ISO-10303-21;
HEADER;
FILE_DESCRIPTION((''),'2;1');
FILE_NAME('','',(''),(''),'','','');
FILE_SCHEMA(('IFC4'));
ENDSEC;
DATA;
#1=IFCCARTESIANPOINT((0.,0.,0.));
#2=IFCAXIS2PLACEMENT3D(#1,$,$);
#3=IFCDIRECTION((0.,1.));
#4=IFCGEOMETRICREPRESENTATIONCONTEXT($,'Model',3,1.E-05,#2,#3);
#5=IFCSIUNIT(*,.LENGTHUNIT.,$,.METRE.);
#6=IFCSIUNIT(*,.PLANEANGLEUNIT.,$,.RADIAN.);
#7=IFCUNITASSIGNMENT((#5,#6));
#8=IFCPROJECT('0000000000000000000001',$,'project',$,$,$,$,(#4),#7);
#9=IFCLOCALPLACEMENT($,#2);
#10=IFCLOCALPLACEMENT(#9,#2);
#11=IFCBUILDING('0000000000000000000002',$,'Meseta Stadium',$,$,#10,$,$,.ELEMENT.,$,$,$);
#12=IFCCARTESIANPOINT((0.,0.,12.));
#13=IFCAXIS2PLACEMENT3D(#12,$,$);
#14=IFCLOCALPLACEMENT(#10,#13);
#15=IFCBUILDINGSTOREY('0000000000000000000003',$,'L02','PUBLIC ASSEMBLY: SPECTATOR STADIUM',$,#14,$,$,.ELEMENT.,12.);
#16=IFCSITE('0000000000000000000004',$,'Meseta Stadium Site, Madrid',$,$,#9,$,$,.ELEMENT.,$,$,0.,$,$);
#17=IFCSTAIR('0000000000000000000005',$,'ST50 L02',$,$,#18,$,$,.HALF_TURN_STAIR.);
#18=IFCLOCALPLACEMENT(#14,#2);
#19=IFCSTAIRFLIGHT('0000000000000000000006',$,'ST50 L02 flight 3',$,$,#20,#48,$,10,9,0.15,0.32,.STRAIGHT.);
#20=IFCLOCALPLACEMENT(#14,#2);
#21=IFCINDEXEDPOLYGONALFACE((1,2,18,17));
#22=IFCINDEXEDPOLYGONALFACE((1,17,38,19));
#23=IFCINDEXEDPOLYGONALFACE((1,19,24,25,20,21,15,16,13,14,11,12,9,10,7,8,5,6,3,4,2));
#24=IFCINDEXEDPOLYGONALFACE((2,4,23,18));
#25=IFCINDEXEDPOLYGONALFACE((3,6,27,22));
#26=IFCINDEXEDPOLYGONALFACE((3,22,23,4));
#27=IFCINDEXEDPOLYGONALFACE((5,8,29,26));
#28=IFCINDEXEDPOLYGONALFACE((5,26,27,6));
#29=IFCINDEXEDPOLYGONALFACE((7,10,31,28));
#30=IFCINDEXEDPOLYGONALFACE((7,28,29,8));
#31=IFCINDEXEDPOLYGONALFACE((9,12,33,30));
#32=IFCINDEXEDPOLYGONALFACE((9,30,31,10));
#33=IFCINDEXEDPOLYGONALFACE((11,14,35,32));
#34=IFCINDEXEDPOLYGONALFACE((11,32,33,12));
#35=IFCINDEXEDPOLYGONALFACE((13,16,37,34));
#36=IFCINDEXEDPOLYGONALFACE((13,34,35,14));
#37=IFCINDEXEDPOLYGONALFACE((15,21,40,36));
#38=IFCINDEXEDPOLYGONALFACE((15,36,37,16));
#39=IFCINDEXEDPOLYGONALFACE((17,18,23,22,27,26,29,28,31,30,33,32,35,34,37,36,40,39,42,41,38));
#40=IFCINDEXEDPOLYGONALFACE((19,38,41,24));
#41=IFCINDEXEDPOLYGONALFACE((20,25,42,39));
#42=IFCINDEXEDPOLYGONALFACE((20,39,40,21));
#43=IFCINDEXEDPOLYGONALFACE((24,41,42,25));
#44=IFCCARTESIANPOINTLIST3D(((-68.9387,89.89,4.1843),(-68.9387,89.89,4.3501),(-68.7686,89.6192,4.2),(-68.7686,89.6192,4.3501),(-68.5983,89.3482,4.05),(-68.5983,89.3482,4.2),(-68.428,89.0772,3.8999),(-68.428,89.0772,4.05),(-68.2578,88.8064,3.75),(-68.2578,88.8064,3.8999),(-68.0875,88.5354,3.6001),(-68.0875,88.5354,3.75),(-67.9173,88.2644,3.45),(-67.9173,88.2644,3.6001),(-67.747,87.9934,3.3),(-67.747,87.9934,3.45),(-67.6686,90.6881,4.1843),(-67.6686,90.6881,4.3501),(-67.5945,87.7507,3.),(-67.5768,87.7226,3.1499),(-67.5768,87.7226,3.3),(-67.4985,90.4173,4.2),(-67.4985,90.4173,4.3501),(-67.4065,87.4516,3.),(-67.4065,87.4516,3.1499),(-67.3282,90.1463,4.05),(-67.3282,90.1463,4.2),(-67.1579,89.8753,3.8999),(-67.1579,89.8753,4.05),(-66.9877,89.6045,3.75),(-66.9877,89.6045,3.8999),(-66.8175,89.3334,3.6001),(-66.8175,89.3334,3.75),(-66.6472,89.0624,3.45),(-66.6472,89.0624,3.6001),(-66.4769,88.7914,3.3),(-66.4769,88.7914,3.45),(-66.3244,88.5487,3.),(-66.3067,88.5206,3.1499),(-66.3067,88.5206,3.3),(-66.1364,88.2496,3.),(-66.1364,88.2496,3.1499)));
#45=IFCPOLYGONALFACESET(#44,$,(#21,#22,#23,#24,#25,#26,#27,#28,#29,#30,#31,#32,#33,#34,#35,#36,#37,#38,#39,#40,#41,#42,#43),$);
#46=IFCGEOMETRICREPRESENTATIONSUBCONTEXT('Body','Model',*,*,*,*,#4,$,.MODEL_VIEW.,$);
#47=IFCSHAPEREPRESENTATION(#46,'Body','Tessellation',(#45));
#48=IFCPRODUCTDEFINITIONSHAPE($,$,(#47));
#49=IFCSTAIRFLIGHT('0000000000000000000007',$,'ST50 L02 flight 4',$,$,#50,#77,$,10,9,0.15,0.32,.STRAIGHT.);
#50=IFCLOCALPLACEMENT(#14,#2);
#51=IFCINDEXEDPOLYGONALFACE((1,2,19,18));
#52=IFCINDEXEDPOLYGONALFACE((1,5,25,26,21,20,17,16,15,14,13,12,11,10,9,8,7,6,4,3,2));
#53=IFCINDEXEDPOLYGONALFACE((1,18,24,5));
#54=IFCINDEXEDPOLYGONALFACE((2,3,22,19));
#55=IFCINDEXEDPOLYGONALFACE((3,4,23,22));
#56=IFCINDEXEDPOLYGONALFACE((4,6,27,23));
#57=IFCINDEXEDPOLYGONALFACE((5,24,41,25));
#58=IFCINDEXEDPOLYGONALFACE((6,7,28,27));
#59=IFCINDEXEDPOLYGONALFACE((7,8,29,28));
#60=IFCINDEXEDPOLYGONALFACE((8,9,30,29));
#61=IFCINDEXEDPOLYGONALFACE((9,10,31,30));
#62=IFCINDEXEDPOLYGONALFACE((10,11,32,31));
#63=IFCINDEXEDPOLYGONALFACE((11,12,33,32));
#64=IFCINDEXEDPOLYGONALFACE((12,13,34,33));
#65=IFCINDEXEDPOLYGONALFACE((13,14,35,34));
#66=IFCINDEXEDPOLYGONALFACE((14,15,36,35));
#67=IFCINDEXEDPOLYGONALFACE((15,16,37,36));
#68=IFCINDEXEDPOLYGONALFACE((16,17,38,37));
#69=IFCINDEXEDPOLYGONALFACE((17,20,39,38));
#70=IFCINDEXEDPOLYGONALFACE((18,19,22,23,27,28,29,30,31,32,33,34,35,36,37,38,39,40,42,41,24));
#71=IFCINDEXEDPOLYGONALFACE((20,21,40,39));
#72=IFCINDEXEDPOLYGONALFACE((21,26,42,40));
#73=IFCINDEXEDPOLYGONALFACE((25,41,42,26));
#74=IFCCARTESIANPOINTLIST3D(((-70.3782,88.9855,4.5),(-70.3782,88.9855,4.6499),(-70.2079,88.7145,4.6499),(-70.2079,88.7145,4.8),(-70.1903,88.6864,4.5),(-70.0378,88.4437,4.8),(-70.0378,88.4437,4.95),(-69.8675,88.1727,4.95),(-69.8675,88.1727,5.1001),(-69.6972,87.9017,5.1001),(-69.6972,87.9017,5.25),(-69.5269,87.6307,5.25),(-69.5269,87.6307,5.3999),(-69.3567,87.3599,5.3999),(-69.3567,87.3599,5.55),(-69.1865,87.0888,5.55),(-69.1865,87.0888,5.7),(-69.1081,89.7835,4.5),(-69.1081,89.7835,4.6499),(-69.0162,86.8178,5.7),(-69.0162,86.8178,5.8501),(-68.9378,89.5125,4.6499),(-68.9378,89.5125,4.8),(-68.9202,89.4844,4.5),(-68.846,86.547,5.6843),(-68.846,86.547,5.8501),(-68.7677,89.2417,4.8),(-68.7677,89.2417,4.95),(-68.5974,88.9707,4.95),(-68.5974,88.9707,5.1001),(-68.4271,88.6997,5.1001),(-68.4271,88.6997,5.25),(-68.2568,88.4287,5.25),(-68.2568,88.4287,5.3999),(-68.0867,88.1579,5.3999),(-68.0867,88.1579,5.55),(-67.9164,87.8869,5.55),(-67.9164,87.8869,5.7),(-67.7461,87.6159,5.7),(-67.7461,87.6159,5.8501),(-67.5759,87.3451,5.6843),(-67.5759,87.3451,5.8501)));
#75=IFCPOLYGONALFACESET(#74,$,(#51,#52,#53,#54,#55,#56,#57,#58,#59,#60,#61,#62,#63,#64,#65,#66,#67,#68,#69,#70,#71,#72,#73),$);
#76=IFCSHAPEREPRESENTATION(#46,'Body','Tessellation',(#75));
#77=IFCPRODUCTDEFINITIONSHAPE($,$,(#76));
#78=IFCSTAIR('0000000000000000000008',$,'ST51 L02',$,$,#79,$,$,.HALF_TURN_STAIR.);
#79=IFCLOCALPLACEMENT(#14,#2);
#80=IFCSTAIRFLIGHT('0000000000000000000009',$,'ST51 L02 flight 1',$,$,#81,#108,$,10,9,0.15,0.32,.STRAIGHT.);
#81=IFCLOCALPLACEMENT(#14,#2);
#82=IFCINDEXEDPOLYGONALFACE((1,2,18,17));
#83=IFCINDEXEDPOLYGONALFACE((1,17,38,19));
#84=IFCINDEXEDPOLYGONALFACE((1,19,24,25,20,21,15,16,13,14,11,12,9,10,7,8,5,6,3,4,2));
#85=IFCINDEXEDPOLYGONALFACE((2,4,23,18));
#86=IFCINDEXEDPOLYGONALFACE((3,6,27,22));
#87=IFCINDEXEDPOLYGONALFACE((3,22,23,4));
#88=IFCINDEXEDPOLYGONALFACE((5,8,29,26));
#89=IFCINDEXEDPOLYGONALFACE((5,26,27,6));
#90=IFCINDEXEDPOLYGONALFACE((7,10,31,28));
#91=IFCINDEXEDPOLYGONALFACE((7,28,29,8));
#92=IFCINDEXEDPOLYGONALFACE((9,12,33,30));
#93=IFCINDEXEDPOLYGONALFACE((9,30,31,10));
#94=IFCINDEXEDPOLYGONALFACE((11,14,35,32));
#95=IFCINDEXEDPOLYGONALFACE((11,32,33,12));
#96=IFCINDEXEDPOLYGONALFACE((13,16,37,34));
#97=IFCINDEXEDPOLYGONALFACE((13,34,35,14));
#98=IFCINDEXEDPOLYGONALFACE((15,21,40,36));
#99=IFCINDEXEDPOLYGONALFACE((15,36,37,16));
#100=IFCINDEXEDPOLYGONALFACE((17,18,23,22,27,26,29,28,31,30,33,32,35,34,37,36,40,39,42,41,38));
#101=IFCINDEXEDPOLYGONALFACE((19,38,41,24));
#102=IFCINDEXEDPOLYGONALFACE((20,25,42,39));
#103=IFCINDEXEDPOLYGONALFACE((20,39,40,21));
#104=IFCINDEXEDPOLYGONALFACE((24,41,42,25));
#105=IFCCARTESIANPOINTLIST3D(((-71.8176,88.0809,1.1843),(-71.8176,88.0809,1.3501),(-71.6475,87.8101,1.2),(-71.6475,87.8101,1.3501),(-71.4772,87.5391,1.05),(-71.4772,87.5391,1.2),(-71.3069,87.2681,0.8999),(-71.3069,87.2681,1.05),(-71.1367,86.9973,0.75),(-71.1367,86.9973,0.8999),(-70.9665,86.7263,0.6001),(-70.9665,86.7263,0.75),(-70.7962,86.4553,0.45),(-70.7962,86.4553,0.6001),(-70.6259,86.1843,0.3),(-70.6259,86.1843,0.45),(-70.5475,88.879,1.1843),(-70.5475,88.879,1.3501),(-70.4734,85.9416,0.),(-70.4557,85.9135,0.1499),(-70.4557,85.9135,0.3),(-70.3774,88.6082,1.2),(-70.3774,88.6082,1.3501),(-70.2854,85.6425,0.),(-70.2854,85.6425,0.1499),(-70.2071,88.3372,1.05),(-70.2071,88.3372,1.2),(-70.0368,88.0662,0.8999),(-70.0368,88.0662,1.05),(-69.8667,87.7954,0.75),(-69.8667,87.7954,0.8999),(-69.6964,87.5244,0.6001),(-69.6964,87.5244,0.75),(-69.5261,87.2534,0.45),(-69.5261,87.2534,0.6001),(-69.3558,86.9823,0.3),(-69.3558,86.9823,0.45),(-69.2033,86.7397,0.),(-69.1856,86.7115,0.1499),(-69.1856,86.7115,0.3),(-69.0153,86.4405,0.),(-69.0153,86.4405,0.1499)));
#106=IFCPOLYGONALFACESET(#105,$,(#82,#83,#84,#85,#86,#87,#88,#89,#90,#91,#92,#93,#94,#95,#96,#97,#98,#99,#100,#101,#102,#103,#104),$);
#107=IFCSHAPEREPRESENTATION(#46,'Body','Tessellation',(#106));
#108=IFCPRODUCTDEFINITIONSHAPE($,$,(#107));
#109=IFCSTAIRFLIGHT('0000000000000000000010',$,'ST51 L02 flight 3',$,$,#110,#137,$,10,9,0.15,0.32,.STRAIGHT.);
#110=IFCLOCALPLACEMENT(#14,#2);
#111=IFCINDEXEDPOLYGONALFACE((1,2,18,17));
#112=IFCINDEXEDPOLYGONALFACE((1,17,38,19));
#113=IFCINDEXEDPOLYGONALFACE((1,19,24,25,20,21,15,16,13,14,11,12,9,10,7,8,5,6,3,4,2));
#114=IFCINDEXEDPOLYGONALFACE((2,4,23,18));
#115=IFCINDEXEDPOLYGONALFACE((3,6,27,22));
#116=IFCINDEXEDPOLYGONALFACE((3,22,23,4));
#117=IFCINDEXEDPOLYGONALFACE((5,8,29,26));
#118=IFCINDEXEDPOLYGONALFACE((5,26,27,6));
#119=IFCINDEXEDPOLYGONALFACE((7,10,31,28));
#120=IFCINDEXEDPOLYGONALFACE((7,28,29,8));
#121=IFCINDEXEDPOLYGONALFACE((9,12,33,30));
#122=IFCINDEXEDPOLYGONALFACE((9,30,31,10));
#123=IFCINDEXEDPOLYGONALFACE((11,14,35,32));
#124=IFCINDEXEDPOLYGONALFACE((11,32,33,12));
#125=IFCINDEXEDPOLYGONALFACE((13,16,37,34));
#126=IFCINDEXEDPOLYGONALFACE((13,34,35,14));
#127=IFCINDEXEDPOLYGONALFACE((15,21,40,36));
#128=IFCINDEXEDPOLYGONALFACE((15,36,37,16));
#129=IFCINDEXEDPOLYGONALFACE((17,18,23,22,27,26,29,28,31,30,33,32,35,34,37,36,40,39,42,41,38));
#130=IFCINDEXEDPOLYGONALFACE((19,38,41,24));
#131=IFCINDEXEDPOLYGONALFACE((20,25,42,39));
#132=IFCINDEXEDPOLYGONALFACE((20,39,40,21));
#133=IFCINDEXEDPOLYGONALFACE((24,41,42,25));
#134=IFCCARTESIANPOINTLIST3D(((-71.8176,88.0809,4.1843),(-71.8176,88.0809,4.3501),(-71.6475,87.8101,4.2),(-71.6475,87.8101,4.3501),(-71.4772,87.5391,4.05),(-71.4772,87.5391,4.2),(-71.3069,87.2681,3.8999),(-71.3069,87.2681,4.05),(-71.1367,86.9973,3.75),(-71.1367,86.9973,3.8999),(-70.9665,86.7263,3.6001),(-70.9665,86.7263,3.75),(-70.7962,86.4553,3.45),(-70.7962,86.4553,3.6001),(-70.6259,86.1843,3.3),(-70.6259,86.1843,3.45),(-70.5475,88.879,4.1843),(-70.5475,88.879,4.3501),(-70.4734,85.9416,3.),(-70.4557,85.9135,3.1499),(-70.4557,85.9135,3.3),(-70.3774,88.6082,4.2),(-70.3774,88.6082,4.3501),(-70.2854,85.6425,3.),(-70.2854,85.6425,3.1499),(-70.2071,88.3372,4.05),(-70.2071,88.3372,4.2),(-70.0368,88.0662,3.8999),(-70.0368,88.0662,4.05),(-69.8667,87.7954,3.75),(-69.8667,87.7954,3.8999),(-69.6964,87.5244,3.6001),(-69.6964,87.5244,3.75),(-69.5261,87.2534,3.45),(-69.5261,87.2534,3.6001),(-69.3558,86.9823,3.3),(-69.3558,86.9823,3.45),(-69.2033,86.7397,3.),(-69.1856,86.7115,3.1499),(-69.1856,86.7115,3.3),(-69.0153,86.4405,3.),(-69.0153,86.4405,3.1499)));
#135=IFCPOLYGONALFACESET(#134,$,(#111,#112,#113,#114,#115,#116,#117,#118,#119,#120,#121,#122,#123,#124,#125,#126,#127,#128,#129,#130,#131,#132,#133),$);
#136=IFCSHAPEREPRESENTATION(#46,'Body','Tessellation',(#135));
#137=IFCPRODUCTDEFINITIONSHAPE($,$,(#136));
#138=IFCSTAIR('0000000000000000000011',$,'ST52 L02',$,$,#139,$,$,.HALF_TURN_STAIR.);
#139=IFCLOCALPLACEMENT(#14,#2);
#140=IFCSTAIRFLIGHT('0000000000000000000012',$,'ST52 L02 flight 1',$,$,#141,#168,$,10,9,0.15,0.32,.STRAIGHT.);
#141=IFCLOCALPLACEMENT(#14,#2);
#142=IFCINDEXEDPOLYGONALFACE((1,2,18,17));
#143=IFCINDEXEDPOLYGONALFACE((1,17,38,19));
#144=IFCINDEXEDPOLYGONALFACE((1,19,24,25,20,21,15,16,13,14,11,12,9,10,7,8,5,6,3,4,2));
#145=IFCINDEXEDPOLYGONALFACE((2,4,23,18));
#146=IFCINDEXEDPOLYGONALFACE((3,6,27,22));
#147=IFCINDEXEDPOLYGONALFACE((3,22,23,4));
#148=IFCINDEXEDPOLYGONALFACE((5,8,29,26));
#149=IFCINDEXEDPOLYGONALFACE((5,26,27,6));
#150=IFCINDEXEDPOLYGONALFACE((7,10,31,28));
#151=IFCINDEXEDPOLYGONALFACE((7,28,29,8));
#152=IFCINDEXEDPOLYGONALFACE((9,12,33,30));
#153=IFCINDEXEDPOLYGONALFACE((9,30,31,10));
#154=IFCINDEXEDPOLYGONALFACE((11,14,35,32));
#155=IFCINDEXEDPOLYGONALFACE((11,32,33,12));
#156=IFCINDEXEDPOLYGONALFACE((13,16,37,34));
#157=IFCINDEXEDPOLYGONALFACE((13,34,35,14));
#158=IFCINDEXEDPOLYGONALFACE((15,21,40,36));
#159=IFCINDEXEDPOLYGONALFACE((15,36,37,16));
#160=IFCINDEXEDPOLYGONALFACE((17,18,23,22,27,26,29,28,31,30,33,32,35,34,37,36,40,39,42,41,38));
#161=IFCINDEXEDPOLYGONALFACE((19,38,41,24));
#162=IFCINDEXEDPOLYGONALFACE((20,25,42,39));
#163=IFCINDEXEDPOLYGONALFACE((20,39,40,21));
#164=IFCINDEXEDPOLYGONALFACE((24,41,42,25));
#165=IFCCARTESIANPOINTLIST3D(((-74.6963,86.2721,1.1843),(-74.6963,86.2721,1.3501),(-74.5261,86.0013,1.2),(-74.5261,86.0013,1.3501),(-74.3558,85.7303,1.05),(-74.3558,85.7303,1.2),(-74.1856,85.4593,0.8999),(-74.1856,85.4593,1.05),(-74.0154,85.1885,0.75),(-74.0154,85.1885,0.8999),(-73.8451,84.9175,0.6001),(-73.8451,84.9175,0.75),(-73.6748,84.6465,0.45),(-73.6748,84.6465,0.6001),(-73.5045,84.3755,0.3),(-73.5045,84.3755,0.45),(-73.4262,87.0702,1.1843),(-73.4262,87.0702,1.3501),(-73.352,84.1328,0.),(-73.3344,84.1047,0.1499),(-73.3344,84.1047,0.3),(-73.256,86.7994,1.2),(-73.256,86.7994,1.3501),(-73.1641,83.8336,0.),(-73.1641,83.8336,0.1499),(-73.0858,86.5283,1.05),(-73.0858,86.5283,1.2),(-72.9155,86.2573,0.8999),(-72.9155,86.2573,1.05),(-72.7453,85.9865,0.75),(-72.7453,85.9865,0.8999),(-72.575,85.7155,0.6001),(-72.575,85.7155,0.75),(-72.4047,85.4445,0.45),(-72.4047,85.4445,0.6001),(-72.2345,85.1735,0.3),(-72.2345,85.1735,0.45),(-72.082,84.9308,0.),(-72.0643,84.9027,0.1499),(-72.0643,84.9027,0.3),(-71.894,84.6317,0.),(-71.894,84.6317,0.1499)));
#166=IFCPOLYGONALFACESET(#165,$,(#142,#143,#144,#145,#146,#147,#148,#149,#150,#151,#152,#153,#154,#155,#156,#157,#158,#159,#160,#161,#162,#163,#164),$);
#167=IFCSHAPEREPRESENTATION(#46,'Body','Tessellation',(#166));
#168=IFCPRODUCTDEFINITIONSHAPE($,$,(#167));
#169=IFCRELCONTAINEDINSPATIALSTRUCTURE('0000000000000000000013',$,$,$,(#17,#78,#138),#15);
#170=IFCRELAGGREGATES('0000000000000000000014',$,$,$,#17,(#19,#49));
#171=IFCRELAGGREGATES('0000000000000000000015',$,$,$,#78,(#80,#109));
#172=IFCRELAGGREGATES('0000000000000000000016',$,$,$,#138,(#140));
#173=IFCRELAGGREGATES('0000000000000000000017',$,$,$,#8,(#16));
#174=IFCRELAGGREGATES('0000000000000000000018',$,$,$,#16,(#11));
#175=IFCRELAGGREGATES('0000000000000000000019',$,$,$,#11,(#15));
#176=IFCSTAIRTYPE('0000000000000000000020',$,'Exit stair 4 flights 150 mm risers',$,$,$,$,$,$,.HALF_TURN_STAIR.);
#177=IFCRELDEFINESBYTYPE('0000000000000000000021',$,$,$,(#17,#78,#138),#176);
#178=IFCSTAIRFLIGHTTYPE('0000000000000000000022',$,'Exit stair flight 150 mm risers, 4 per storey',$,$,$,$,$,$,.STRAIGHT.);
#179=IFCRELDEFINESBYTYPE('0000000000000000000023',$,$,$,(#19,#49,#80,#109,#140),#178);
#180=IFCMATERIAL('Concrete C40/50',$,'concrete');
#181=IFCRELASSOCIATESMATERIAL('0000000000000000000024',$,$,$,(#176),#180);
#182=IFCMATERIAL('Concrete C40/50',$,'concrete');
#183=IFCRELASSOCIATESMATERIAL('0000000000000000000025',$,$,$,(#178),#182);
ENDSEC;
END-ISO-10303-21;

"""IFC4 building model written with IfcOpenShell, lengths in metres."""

from ifc_helpers import new_model, si_unit, direction, frame, origin, place, context, subcontext, project, spatial, polyline, outline, extrude, material, type_object, element, aggregate, save


model = new_model("IFC4")

# Units and contexts
model_context = context("Model", 3, precision=1e-05, world=origin(), true_north=direction((0.0, 1.0)))
body_context = subcontext(model_context, "Body", "Model", "MODEL_VIEW")
ifc_project = project(units=[si_unit("LENGTHUNIT", "METRE"), si_unit("PLANEANGLEUNIT", "RADIAN")], contexts=[model_context])

# Site, building, storey
site_placement = place(None, origin())
site = spatial("IfcSite", under=ifc_project, at=site_placement, Name="Meseta Stadium Site, Madrid", CompositionType="ELEMENT", RefElevation=0.0)
building_placement = place(site_placement, origin())
building = spatial("IfcBuilding", under=site, at=building_placement, Name="Meseta Stadium", CompositionType="ELEMENT")
storey_placement = place(building_placement, frame((0.0, 0.0, 12.0)))
storey = spatial("IfcBuildingStorey", under=building, at=storey_placement, Name="L02", Description="PUBLIC ASSEMBLY: SPECTATOR STADIUM", CompositionType="ELEMENT", Elevation=12.0)

# Stairs, stair flights
ifc_material_1 = material(Name="Concrete C40/50", Category="concrete")
stair_type = type_object("IfcStairType", Name="Exit stair 4 flights 150 mm risers", PredefinedType="HALF_TURN_STAIR", material=ifc_material_1)
stair_1_placement = place(storey_placement, origin())
stair_1 = element("IfcStair", 1, at=stair_1_placement, inside=storey, type_object=stair_type, Name="ST50 L02", PredefinedType="HALF_TURN_STAIR")
ifc_material_2 = material(Name="Concrete C40/50", Category="concrete")
stair_flight_type = type_object("IfcStairFlightType", Name="Exit stair flight 150 mm risers, 4 per storey", PredefinedType="STRAIGHT", material=ifc_material_2)
stair_flight_1_placement = place(storey_placement, frame((-66.7715, 87.8506, 3.0), z_axis=(0.0, 0.0, 1.0), x_axis=(-0.532032, 0.846724, 0.0)))
stair_flight_1 = element("IfcStairFlight", 2, at=stair_flight_1_placement, type_object=stair_flight_type, Name="ST50 L02 flight 3", NumberOfRisers=10, NumberOfTreads=9, PredefinedType="STRAIGHT", RiserHeight=0.15, TreadLength=0.32, context=body_context, shape_type="SweptSolid", body=[
    extrude(outline(polyline([(0.0, 0.0), (0.0, 0.1499), (0.3201, 0.1499), (0.3201, 0.3), (0.6399, 0.3), (0.6399, 0.45), (0.96, 0.45), (0.96, 0.6001), (1.28, 0.6001), (1.28, 0.75), (1.6001, 0.75), (1.6001, 0.8999), (1.9199, 0.8999), (1.9199, 1.05), (2.24, 1.05), (2.24, 1.2), (2.5601, 1.2), (2.5601, 1.3501), (2.8799, 1.3501), (2.8799, 1.1843), (0.3533, 0.0), (0.0, 0.0)])), frame((0.0, 0.75, 0.0), z_axis=(0.0, -1.0, 0.0), x_axis=(1.0, 0.0, 0.0)), (0.0, 0.0, 1.0), 1.5),
])
stair_flight_2_placement = place(storey_placement, frame((-69.7432, 89.3845, 4.5), z_axis=(0.0, 0.0, 1.0), x_axis=(0.532032, -0.846724, 0.0)))
stair_flight_2 = element("IfcStairFlight", 3, at=stair_flight_2_placement, type_object=stair_flight_type, Name="ST50 L02 flight 4", NumberOfRisers=10, NumberOfTreads=9, PredefinedType="STRAIGHT", RiserHeight=0.15, TreadLength=0.32, context=body_context, shape_type="SweptSolid", body=[
    extrude(outline(polyline([(0.0, 0.0), (0.0, 0.1499), (0.3201, 0.1499), (0.3201, 0.3), (0.6399, 0.3), (0.6399, 0.45), (0.96, 0.45), (0.96, 0.6001), (1.28, 0.6001), (1.28, 0.75), (1.6001, 0.75), (1.6001, 0.8999), (1.9199, 0.8999), (1.9199, 1.05), (2.24, 1.05), (2.24, 1.2), (2.5601, 1.2), (2.5601, 1.3501), (2.8799, 1.3501), (2.8799, 1.1843), (0.3533, 0.0), (0.0, 0.0)])), frame((0.0, 0.75, 0.0), z_axis=(0.0, -1.0, 0.0), x_axis=(1.0, 0.0, 0.0)), (0.0, 0.0, 1.0), 1.5),
])
aggregate(stair_1, [stair_flight_1, stair_flight_2])
stair_2_placement = place(storey_placement, origin())
stair_2 = element("IfcStair", 4, at=stair_2_placement, inside=storey, type_object=stair_type, Name="ST51 L02", PredefinedType="HALF_TURN_STAIR")
stair_flight_3_placement = place(storey_placement, frame((-69.6504, 86.0415, 0.0), z_axis=(0.0, 0.0, 1.0), x_axis=(-0.532032, 0.846724, 0.0)))
stair_flight_3 = element("IfcStairFlight", 5, at=stair_flight_3_placement, type_object=stair_flight_type, Name="ST51 L02 flight 1", NumberOfRisers=10, NumberOfTreads=9, PredefinedType="STRAIGHT", RiserHeight=0.15, TreadLength=0.32, context=body_context, shape_type="SweptSolid", body=[
    extrude(outline(polyline([(0.0, 0.0), (0.0, 0.1499), (0.3201, 0.1499), (0.3201, 0.3), (0.6399, 0.3), (0.6399, 0.45), (0.96, 0.45), (0.96, 0.6001), (1.28, 0.6001), (1.28, 0.75), (1.6001, 0.75), (1.6001, 0.8999), (1.9199, 0.8999), (1.9199, 1.05), (2.24, 1.05), (2.24, 1.2), (2.5601, 1.2), (2.5601, 1.3501), (2.8799, 1.3501), (2.8799, 1.1843), (0.3533, 0.0), (0.0, 0.0)])), frame((0.0, 0.75, 0.0), z_axis=(0.0, -1.0, 0.0), x_axis=(1.0, 0.0, 0.0)), (0.0, 0.0, 1.0), 1.5),
])
stair_flight_4_placement = place(storey_placement, frame((-69.6504, 86.0415, 3.0), z_axis=(0.0, 0.0, 1.0), x_axis=(-0.532032, 0.846724, 0.0)))
stair_flight_4 = element("IfcStairFlight", 6, at=stair_flight_4_placement, type_object=stair_flight_type, Name="ST51 L02 flight 3", NumberOfRisers=10, NumberOfTreads=9, PredefinedType="STRAIGHT", RiserHeight=0.15, TreadLength=0.32, context=body_context, shape_type="SweptSolid", body=[
    extrude(outline(polyline([(0.0, 0.0), (0.0, 0.1499), (0.3201, 0.1499), (0.3201, 0.3), (0.6399, 0.3), (0.6399, 0.45), (0.96, 0.45), (0.96, 0.6001), (1.28, 0.6001), (1.28, 0.75), (1.6001, 0.75), (1.6001, 0.8999), (1.9199, 0.8999), (1.9199, 1.05), (2.24, 1.05), (2.24, 1.2), (2.5601, 1.2), (2.5601, 1.3501), (2.8799, 1.3501), (2.8799, 1.1843), (0.3533, 0.0), (0.0, 0.0)])), frame((0.0, 0.75, 0.0), z_axis=(0.0, -1.0, 0.0), x_axis=(1.0, 0.0, 0.0)), (0.0, 0.0, 1.0), 1.5),
])
aggregate(stair_2, [stair_flight_3, stair_flight_4])
stair_3_placement = place(storey_placement, origin())
stair_3 = element("IfcStair", 7, at=stair_3_placement, inside=storey, type_object=stair_type, Name="ST52 L02", PredefinedType="HALF_TURN_STAIR")
stair_flight_5_placement = place(storey_placement, frame((-72.5291, 84.2327, 0.0), z_axis=(0.0, 0.0, 1.0), x_axis=(-0.532032, 0.846724, 0.0)))
stair_flight_5 = element("IfcStairFlight", 8, at=stair_flight_5_placement, type_object=stair_flight_type, Name="ST52 L02 flight 1", NumberOfRisers=10, NumberOfTreads=9, PredefinedType="STRAIGHT", RiserHeight=0.15, TreadLength=0.32, context=body_context, shape_type="SweptSolid", body=[
    extrude(outline(polyline([(0.0, 0.0), (0.0, 0.1499), (0.3201, 0.1499), (0.3201, 0.3), (0.6399, 0.3), (0.6399, 0.45), (0.96, 0.45), (0.96, 0.6001), (1.28, 0.6001), (1.28, 0.75), (1.6001, 0.75), (1.6001, 0.8999), (1.9199, 0.8999), (1.9199, 1.05), (2.24, 1.05), (2.24, 1.2), (2.5601, 1.2), (2.5601, 1.3501), (2.8799, 1.3501), (2.8799, 1.1843), (0.3533, 0.0), (0.0, 0.0)])), frame((0.0, 0.75, 0.0), z_axis=(0.0, -1.0, 0.0), x_axis=(1.0, 0.0, 0.0)), (0.0, 0.0, 1.0), 1.5),
])
aggregate(stair_3, [stair_flight_5])

save(model, "model.ifc")
